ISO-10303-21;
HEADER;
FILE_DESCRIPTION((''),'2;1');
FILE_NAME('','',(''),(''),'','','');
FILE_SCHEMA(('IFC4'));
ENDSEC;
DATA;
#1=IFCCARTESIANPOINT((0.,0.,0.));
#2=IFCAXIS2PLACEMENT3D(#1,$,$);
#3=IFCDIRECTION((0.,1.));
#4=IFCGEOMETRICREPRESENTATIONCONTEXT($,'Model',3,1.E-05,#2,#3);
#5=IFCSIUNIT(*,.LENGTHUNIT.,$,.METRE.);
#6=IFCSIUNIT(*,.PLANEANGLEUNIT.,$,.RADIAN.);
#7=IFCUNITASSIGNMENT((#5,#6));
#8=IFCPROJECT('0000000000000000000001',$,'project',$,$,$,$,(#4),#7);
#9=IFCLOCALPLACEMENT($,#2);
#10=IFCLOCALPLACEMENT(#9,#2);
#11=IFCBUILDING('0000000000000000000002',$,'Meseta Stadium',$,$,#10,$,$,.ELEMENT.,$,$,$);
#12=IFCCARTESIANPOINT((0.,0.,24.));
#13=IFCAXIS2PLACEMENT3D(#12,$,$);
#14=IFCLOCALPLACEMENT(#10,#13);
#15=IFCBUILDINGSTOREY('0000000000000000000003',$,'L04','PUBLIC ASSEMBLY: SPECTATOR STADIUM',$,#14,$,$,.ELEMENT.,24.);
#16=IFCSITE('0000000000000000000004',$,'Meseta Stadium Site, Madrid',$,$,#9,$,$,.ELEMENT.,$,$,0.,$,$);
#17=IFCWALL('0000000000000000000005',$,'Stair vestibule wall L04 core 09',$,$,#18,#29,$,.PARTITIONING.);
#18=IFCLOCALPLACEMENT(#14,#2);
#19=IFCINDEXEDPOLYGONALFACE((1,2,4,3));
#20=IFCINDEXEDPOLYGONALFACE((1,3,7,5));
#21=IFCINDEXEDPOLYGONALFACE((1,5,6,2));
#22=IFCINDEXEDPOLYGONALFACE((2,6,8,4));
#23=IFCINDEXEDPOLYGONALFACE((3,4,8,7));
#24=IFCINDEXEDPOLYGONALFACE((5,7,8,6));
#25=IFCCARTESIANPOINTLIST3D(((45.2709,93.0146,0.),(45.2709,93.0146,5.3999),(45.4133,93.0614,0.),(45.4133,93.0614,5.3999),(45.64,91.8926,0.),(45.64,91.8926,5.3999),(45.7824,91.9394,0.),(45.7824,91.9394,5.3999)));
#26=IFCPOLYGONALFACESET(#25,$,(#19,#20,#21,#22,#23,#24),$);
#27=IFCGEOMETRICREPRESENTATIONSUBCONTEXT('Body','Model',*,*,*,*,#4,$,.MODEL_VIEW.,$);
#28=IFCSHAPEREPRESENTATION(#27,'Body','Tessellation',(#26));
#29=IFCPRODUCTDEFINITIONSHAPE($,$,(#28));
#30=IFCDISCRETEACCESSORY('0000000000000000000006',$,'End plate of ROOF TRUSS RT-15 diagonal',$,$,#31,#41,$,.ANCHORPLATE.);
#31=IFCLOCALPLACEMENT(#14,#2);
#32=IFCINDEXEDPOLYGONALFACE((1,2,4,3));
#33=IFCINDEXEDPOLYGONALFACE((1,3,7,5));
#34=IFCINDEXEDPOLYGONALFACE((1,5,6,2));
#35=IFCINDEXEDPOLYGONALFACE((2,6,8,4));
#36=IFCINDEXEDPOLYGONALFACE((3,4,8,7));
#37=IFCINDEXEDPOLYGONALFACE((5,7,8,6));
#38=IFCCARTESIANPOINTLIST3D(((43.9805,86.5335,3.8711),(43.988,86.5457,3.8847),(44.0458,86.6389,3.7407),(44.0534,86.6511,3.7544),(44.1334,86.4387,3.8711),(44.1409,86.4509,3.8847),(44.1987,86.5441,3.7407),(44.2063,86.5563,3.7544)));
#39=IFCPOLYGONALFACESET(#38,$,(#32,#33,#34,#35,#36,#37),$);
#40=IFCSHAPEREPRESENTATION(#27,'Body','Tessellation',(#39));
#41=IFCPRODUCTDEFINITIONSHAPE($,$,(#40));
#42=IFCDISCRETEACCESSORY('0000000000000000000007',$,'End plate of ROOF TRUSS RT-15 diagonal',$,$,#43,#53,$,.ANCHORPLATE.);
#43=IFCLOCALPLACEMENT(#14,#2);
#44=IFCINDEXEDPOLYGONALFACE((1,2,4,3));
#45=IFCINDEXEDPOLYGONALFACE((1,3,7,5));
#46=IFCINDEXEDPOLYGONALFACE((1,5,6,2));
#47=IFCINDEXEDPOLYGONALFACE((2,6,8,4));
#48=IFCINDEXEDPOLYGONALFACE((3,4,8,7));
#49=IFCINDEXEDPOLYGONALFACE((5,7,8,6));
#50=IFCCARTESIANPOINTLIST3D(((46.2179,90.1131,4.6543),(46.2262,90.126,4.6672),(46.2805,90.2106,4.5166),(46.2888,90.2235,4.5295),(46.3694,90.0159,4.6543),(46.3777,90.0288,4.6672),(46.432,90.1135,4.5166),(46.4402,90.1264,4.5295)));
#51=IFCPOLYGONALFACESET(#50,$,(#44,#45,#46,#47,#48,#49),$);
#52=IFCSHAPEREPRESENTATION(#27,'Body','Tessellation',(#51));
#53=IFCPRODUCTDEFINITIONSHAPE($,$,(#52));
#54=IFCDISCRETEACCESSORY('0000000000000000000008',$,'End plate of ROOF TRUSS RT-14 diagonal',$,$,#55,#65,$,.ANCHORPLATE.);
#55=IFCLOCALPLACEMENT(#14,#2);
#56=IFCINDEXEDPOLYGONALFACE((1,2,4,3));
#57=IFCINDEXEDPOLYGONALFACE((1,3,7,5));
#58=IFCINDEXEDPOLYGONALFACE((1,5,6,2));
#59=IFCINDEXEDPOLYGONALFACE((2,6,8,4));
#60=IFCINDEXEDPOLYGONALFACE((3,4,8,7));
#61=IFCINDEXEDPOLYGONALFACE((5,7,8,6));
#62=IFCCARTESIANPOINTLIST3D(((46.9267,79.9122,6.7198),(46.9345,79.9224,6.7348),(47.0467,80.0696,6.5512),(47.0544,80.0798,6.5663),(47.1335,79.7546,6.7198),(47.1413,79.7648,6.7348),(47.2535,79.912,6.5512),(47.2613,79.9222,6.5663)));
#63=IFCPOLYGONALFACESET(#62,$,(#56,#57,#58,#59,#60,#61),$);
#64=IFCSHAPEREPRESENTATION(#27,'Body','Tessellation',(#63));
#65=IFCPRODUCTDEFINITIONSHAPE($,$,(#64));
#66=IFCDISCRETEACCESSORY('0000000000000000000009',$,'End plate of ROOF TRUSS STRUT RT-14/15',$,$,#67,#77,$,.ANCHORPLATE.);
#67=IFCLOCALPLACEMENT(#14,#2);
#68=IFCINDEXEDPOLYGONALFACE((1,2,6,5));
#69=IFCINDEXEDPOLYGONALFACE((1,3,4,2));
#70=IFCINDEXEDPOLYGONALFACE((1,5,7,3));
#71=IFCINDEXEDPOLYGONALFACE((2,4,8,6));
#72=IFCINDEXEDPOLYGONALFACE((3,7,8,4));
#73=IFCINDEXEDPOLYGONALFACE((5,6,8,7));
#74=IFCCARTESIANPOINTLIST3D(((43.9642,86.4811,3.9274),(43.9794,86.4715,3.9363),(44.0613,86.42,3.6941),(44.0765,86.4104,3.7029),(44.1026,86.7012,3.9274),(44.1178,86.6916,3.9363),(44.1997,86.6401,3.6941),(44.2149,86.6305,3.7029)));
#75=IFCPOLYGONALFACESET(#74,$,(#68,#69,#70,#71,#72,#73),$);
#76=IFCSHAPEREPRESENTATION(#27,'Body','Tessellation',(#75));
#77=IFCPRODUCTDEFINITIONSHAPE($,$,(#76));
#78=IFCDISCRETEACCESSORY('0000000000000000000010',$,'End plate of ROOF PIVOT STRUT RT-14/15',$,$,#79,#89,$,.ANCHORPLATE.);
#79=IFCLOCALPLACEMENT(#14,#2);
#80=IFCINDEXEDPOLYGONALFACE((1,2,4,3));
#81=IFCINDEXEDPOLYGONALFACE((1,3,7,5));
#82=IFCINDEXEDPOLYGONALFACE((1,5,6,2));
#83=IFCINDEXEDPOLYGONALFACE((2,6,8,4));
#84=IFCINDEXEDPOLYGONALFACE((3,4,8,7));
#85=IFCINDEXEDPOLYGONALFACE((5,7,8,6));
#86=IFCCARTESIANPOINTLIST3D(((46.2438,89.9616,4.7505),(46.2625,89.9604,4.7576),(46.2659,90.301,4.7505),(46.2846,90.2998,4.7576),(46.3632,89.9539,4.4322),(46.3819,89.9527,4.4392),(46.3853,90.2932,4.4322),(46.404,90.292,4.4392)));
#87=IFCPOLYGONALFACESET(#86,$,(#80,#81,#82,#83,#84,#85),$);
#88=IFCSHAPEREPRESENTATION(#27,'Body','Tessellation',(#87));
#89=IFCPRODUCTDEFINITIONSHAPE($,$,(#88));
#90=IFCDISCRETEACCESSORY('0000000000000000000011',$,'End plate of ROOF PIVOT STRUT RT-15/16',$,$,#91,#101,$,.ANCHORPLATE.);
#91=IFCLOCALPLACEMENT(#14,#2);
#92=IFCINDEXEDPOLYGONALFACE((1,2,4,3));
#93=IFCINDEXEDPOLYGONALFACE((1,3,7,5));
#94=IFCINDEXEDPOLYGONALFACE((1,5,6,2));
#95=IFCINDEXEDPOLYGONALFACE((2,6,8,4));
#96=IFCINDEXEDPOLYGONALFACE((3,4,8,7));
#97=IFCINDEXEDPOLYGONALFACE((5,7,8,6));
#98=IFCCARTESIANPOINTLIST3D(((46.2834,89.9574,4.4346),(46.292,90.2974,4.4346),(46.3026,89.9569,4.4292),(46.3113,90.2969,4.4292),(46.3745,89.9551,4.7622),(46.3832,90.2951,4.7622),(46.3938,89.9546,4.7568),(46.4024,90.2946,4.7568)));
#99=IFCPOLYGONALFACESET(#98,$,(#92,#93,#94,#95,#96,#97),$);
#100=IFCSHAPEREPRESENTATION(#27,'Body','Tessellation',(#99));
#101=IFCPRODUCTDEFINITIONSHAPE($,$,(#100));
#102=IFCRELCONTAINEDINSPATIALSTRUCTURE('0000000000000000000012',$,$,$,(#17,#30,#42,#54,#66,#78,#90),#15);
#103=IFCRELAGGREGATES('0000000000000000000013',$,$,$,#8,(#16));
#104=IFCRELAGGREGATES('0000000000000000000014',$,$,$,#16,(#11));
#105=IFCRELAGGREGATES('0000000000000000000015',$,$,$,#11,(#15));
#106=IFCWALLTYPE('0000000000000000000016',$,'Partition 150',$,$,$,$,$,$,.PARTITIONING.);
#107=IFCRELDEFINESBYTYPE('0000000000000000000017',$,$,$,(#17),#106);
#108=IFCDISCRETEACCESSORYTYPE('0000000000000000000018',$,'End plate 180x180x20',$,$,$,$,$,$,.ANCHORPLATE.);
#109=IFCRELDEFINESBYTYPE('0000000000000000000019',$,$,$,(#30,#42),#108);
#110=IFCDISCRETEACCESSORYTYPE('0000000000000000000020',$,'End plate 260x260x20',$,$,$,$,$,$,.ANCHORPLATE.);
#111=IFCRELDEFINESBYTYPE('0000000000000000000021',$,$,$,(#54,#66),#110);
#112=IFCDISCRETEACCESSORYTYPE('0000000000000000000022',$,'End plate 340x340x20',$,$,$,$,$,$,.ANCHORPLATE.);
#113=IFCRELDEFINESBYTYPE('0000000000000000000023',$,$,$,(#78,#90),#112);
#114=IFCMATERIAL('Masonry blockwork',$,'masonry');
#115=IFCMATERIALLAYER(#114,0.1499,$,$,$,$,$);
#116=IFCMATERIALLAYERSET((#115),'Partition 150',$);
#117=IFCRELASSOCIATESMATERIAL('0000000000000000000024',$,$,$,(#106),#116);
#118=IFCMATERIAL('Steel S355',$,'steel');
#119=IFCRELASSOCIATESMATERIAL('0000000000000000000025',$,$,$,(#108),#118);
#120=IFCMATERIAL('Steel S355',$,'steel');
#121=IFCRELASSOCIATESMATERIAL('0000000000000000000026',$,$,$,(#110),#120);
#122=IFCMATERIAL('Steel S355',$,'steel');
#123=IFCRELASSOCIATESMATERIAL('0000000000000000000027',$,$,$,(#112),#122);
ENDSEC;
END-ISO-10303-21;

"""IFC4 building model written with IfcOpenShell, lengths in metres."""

from ifc_helpers import new_model, si_unit, direction, frame, frame_2d, origin, origin_2d, place, context, subcontext, project, spatial, rectangle, extrude, material, layer, layer_set, material_profile, profile_set, type_object, element, save


model = new_model("IFC4")

# Units and contexts
model_context = context("Model", 3, precision=1e-05, world=origin(), true_north=direction((0.0, 1.0)))
body_context = subcontext(model_context, "Body", "Model", "MODEL_VIEW")
ifc_project = project(units=[si_unit("LENGTHUNIT", "METRE"), si_unit("PLANEANGLEUNIT", "RADIAN")], contexts=[model_context])

# Site, building, storey
site_placement = place(None, origin())
site = spatial("IfcSite", under=ifc_project, at=site_placement, Name="Meseta Stadium Site, Madrid", CompositionType="ELEMENT", RefElevation=0.0)
building_placement = place(site_placement, origin())
building = spatial("IfcBuilding", under=site, at=building_placement, Name="Meseta Stadium", CompositionType="ELEMENT")
storey_placement = place(building_placement, frame((0.0, 0.0, 24.0)))
storey = spatial("IfcBuildingStorey", under=building, at=storey_placement, Name="L04", Description="PUBLIC ASSEMBLY: SPECTATOR STADIUM", CompositionType="ELEMENT", Elevation=24.0)

# Shared definitions
ifc_material_1 = material(Name="Masonry blockwork", Category="masonry")
ifc_layer_1 = layer(ifc_material_1, 0.1499)
ifc_layer_set_1 = layer_set([ifc_layer_1], Name="Partition 150")
wall_type_1 = type_object("IfcWallType", Name="Partition 150", PredefinedType="PARTITIONING", material=ifc_layer_set_1)

# Wall
wall_1_placement = place(storey_placement, frame((45.7112, 91.916, 0.0), z_axis=(0.0, 0.0, 1.0), x_axis=(-0.312505, 0.949916, 0.0)))
element("IfcWall", 1, at=wall_1_placement, inside=storey, type_object=wall_type_1, Name="Stair vestibule wall L04 core 09", PredefinedType="PARTITIONING", context=body_context, shape_type="SweptSolid", body=[
    extrude(rectangle(XDim=1.1812, YDim=0.1499, at=frame_2d((0.5906, 0.0))), origin(), (0.0, 0.0, 1.0), 5.3999),
])

# Discrete accessories
ifc_material_2 = material(Name="Steel S355", Category="steel")
ifc_material_profile_1 = material_profile(ifc_material_2, rectangle(XDim=0.1799, YDim=0.1799, at=origin_2d()), Name="PL 180x180")
ifc_profile_set_1 = profile_set([ifc_material_profile_1], Name="Steel S355")
discrete_accessory_type_1 = type_object("IfcDiscreteAccessoryType", Name="End plate 180x180x20", PredefinedType="ANCHORPLATE", material=ifc_profile_set_1)
discrete_accessory_1_placement = place(storey_placement, frame((44.0896, 86.5388, 3.8059), z_axis=(0.38167, 0.615597, 0.689469), x_axis=(-0.849903, 0.52694, 0.0)))
element("IfcDiscreteAccessory", 2, at=discrete_accessory_1_placement, inside=storey, type_object=discrete_accessory_type_1, Name="End plate of ROOF TRUSS RT-15 diagonal", PredefinedType="ANCHORPLATE", context=body_context, shape_type="SweptSolid", body=[
    extrude(rectangle(XDim=0.1799, YDim=0.1799, at=origin_2d()), origin(), (0.0, 0.0, 1.0), 0.0198),
])
discrete_accessory_2_placement = place(storey_placement, frame((46.325, 90.1133, 4.5854), z_axis=(0.413101, 0.643952, 0.643952), x_axis=(-0.841694, 0.539955, 0.0)))
element("IfcDiscreteAccessory", 3, at=discrete_accessory_2_placement, inside=storey, type_object=discrete_accessory_type_1, Name="End plate of ROOF TRUSS RT-15 diagonal", PredefinedType="ANCHORPLATE", context=body_context, shape_type="SweptSolid", body=[
    extrude(rectangle(XDim=0.1799, YDim=0.1799, at=origin_2d()), origin(), (0.0, 0.0, 1.0), 0.02),
])
ifc_material_3 = material(Name="Steel S355", Category="steel")
ifc_material_profile_2 = material_profile(ifc_material_3, rectangle(XDim=0.26, YDim=0.26, at=origin_2d()), Name="PL 260x260")
ifc_profile_set_2 = profile_set([ifc_material_profile_2], Name="Steel S355")
discrete_accessory_type_2 = type_object("IfcDiscreteAccessoryType", Name="End plate 260x260x20", PredefinedType="ANCHORPLATE", material=ifc_profile_set_2)
discrete_accessory_3_placement = place(storey_placement, frame((47.0901, 79.9121, 6.6355), z_axis=(0.392941, 0.515736, 0.761324), x_axis=(-0.795432, 0.606043, 0.0)))
element("IfcDiscreteAccessory", 4, at=discrete_accessory_3_placement, inside=storey, type_object=discrete_accessory_type_2, Name="End plate of ROOF TRUSS RT-14 diagonal", PredefinedType="ANCHORPLATE", context=body_context, shape_type="SweptSolid", body=[
    extrude(rectangle(XDim=0.26, YDim=0.26, at=origin_2d()), origin(), (0.0, 0.0, 1.0), 0.0198),
])
discrete_accessory_4_placement = place(storey_placement, frame((44.0972, 86.551, 3.8196), z_axis=(-0.759665, 0.477854, -0.441096), x_axis=(-0.532451, -0.846461, 0.0)))
element("IfcDiscreteAccessory", 5, at=discrete_accessory_4_placement, inside=storey, type_object=discrete_accessory_type_2, Name="End plate of ROOF TRUSS STRUT RT-14/15", PredefinedType="ANCHORPLATE", context=body_context, shape_type="SweptSolid", body=[
    extrude(rectangle(XDim=0.26, YDim=0.26, at=origin_2d()), origin(), (0.0, 0.0, 1.0), 0.02),
])
ifc_material_4 = material(Name="Steel S355", Category="steel")
ifc_material_profile_3 = material_profile(ifc_material_4, rectangle(XDim=0.3401, YDim=0.3401, at=origin_2d()), Name="PL 340x340")
ifc_profile_set_3 = profile_set([ifc_material_profile_3], Name="Steel S355")
discrete_accessory_type_3 = type_object("IfcDiscreteAccessoryType", Name="End plate 340x340x20", PredefinedType="ANCHORPLATE", material=ifc_profile_set_3)
for number, where, z_axis, x_axis, name in (
    (6, (46.3333, 90.1262, 4.5984), (-0.934106, 0.060656, -0.351806), (-0.064799, -0.997898, 0.0), "End plate of ROOF PIVOT STRUT RT-14/15"),
    (7, (46.3525, 90.1257, 4.593), (-0.963057, 0.024381, 0.268193), (-0.025308, -0.99968, 0.0), "End plate of ROOF PIVOT STRUT RT-15/16"),
):
    element("IfcDiscreteAccessory", number, at=place(storey_placement, frame(where, z_axis=z_axis, x_axis=x_axis)), inside=storey, type_object=discrete_accessory_type_3, Name=name, PredefinedType="ANCHORPLATE", context=body_context, shape_type="SweptSolid", body=[
        extrude(rectangle(XDim=0.3401, YDim=0.3401, at=origin_2d()), origin(), (0.0, 0.0, 1.0), 0.02),
    ])

save(model, "model.ifc")
